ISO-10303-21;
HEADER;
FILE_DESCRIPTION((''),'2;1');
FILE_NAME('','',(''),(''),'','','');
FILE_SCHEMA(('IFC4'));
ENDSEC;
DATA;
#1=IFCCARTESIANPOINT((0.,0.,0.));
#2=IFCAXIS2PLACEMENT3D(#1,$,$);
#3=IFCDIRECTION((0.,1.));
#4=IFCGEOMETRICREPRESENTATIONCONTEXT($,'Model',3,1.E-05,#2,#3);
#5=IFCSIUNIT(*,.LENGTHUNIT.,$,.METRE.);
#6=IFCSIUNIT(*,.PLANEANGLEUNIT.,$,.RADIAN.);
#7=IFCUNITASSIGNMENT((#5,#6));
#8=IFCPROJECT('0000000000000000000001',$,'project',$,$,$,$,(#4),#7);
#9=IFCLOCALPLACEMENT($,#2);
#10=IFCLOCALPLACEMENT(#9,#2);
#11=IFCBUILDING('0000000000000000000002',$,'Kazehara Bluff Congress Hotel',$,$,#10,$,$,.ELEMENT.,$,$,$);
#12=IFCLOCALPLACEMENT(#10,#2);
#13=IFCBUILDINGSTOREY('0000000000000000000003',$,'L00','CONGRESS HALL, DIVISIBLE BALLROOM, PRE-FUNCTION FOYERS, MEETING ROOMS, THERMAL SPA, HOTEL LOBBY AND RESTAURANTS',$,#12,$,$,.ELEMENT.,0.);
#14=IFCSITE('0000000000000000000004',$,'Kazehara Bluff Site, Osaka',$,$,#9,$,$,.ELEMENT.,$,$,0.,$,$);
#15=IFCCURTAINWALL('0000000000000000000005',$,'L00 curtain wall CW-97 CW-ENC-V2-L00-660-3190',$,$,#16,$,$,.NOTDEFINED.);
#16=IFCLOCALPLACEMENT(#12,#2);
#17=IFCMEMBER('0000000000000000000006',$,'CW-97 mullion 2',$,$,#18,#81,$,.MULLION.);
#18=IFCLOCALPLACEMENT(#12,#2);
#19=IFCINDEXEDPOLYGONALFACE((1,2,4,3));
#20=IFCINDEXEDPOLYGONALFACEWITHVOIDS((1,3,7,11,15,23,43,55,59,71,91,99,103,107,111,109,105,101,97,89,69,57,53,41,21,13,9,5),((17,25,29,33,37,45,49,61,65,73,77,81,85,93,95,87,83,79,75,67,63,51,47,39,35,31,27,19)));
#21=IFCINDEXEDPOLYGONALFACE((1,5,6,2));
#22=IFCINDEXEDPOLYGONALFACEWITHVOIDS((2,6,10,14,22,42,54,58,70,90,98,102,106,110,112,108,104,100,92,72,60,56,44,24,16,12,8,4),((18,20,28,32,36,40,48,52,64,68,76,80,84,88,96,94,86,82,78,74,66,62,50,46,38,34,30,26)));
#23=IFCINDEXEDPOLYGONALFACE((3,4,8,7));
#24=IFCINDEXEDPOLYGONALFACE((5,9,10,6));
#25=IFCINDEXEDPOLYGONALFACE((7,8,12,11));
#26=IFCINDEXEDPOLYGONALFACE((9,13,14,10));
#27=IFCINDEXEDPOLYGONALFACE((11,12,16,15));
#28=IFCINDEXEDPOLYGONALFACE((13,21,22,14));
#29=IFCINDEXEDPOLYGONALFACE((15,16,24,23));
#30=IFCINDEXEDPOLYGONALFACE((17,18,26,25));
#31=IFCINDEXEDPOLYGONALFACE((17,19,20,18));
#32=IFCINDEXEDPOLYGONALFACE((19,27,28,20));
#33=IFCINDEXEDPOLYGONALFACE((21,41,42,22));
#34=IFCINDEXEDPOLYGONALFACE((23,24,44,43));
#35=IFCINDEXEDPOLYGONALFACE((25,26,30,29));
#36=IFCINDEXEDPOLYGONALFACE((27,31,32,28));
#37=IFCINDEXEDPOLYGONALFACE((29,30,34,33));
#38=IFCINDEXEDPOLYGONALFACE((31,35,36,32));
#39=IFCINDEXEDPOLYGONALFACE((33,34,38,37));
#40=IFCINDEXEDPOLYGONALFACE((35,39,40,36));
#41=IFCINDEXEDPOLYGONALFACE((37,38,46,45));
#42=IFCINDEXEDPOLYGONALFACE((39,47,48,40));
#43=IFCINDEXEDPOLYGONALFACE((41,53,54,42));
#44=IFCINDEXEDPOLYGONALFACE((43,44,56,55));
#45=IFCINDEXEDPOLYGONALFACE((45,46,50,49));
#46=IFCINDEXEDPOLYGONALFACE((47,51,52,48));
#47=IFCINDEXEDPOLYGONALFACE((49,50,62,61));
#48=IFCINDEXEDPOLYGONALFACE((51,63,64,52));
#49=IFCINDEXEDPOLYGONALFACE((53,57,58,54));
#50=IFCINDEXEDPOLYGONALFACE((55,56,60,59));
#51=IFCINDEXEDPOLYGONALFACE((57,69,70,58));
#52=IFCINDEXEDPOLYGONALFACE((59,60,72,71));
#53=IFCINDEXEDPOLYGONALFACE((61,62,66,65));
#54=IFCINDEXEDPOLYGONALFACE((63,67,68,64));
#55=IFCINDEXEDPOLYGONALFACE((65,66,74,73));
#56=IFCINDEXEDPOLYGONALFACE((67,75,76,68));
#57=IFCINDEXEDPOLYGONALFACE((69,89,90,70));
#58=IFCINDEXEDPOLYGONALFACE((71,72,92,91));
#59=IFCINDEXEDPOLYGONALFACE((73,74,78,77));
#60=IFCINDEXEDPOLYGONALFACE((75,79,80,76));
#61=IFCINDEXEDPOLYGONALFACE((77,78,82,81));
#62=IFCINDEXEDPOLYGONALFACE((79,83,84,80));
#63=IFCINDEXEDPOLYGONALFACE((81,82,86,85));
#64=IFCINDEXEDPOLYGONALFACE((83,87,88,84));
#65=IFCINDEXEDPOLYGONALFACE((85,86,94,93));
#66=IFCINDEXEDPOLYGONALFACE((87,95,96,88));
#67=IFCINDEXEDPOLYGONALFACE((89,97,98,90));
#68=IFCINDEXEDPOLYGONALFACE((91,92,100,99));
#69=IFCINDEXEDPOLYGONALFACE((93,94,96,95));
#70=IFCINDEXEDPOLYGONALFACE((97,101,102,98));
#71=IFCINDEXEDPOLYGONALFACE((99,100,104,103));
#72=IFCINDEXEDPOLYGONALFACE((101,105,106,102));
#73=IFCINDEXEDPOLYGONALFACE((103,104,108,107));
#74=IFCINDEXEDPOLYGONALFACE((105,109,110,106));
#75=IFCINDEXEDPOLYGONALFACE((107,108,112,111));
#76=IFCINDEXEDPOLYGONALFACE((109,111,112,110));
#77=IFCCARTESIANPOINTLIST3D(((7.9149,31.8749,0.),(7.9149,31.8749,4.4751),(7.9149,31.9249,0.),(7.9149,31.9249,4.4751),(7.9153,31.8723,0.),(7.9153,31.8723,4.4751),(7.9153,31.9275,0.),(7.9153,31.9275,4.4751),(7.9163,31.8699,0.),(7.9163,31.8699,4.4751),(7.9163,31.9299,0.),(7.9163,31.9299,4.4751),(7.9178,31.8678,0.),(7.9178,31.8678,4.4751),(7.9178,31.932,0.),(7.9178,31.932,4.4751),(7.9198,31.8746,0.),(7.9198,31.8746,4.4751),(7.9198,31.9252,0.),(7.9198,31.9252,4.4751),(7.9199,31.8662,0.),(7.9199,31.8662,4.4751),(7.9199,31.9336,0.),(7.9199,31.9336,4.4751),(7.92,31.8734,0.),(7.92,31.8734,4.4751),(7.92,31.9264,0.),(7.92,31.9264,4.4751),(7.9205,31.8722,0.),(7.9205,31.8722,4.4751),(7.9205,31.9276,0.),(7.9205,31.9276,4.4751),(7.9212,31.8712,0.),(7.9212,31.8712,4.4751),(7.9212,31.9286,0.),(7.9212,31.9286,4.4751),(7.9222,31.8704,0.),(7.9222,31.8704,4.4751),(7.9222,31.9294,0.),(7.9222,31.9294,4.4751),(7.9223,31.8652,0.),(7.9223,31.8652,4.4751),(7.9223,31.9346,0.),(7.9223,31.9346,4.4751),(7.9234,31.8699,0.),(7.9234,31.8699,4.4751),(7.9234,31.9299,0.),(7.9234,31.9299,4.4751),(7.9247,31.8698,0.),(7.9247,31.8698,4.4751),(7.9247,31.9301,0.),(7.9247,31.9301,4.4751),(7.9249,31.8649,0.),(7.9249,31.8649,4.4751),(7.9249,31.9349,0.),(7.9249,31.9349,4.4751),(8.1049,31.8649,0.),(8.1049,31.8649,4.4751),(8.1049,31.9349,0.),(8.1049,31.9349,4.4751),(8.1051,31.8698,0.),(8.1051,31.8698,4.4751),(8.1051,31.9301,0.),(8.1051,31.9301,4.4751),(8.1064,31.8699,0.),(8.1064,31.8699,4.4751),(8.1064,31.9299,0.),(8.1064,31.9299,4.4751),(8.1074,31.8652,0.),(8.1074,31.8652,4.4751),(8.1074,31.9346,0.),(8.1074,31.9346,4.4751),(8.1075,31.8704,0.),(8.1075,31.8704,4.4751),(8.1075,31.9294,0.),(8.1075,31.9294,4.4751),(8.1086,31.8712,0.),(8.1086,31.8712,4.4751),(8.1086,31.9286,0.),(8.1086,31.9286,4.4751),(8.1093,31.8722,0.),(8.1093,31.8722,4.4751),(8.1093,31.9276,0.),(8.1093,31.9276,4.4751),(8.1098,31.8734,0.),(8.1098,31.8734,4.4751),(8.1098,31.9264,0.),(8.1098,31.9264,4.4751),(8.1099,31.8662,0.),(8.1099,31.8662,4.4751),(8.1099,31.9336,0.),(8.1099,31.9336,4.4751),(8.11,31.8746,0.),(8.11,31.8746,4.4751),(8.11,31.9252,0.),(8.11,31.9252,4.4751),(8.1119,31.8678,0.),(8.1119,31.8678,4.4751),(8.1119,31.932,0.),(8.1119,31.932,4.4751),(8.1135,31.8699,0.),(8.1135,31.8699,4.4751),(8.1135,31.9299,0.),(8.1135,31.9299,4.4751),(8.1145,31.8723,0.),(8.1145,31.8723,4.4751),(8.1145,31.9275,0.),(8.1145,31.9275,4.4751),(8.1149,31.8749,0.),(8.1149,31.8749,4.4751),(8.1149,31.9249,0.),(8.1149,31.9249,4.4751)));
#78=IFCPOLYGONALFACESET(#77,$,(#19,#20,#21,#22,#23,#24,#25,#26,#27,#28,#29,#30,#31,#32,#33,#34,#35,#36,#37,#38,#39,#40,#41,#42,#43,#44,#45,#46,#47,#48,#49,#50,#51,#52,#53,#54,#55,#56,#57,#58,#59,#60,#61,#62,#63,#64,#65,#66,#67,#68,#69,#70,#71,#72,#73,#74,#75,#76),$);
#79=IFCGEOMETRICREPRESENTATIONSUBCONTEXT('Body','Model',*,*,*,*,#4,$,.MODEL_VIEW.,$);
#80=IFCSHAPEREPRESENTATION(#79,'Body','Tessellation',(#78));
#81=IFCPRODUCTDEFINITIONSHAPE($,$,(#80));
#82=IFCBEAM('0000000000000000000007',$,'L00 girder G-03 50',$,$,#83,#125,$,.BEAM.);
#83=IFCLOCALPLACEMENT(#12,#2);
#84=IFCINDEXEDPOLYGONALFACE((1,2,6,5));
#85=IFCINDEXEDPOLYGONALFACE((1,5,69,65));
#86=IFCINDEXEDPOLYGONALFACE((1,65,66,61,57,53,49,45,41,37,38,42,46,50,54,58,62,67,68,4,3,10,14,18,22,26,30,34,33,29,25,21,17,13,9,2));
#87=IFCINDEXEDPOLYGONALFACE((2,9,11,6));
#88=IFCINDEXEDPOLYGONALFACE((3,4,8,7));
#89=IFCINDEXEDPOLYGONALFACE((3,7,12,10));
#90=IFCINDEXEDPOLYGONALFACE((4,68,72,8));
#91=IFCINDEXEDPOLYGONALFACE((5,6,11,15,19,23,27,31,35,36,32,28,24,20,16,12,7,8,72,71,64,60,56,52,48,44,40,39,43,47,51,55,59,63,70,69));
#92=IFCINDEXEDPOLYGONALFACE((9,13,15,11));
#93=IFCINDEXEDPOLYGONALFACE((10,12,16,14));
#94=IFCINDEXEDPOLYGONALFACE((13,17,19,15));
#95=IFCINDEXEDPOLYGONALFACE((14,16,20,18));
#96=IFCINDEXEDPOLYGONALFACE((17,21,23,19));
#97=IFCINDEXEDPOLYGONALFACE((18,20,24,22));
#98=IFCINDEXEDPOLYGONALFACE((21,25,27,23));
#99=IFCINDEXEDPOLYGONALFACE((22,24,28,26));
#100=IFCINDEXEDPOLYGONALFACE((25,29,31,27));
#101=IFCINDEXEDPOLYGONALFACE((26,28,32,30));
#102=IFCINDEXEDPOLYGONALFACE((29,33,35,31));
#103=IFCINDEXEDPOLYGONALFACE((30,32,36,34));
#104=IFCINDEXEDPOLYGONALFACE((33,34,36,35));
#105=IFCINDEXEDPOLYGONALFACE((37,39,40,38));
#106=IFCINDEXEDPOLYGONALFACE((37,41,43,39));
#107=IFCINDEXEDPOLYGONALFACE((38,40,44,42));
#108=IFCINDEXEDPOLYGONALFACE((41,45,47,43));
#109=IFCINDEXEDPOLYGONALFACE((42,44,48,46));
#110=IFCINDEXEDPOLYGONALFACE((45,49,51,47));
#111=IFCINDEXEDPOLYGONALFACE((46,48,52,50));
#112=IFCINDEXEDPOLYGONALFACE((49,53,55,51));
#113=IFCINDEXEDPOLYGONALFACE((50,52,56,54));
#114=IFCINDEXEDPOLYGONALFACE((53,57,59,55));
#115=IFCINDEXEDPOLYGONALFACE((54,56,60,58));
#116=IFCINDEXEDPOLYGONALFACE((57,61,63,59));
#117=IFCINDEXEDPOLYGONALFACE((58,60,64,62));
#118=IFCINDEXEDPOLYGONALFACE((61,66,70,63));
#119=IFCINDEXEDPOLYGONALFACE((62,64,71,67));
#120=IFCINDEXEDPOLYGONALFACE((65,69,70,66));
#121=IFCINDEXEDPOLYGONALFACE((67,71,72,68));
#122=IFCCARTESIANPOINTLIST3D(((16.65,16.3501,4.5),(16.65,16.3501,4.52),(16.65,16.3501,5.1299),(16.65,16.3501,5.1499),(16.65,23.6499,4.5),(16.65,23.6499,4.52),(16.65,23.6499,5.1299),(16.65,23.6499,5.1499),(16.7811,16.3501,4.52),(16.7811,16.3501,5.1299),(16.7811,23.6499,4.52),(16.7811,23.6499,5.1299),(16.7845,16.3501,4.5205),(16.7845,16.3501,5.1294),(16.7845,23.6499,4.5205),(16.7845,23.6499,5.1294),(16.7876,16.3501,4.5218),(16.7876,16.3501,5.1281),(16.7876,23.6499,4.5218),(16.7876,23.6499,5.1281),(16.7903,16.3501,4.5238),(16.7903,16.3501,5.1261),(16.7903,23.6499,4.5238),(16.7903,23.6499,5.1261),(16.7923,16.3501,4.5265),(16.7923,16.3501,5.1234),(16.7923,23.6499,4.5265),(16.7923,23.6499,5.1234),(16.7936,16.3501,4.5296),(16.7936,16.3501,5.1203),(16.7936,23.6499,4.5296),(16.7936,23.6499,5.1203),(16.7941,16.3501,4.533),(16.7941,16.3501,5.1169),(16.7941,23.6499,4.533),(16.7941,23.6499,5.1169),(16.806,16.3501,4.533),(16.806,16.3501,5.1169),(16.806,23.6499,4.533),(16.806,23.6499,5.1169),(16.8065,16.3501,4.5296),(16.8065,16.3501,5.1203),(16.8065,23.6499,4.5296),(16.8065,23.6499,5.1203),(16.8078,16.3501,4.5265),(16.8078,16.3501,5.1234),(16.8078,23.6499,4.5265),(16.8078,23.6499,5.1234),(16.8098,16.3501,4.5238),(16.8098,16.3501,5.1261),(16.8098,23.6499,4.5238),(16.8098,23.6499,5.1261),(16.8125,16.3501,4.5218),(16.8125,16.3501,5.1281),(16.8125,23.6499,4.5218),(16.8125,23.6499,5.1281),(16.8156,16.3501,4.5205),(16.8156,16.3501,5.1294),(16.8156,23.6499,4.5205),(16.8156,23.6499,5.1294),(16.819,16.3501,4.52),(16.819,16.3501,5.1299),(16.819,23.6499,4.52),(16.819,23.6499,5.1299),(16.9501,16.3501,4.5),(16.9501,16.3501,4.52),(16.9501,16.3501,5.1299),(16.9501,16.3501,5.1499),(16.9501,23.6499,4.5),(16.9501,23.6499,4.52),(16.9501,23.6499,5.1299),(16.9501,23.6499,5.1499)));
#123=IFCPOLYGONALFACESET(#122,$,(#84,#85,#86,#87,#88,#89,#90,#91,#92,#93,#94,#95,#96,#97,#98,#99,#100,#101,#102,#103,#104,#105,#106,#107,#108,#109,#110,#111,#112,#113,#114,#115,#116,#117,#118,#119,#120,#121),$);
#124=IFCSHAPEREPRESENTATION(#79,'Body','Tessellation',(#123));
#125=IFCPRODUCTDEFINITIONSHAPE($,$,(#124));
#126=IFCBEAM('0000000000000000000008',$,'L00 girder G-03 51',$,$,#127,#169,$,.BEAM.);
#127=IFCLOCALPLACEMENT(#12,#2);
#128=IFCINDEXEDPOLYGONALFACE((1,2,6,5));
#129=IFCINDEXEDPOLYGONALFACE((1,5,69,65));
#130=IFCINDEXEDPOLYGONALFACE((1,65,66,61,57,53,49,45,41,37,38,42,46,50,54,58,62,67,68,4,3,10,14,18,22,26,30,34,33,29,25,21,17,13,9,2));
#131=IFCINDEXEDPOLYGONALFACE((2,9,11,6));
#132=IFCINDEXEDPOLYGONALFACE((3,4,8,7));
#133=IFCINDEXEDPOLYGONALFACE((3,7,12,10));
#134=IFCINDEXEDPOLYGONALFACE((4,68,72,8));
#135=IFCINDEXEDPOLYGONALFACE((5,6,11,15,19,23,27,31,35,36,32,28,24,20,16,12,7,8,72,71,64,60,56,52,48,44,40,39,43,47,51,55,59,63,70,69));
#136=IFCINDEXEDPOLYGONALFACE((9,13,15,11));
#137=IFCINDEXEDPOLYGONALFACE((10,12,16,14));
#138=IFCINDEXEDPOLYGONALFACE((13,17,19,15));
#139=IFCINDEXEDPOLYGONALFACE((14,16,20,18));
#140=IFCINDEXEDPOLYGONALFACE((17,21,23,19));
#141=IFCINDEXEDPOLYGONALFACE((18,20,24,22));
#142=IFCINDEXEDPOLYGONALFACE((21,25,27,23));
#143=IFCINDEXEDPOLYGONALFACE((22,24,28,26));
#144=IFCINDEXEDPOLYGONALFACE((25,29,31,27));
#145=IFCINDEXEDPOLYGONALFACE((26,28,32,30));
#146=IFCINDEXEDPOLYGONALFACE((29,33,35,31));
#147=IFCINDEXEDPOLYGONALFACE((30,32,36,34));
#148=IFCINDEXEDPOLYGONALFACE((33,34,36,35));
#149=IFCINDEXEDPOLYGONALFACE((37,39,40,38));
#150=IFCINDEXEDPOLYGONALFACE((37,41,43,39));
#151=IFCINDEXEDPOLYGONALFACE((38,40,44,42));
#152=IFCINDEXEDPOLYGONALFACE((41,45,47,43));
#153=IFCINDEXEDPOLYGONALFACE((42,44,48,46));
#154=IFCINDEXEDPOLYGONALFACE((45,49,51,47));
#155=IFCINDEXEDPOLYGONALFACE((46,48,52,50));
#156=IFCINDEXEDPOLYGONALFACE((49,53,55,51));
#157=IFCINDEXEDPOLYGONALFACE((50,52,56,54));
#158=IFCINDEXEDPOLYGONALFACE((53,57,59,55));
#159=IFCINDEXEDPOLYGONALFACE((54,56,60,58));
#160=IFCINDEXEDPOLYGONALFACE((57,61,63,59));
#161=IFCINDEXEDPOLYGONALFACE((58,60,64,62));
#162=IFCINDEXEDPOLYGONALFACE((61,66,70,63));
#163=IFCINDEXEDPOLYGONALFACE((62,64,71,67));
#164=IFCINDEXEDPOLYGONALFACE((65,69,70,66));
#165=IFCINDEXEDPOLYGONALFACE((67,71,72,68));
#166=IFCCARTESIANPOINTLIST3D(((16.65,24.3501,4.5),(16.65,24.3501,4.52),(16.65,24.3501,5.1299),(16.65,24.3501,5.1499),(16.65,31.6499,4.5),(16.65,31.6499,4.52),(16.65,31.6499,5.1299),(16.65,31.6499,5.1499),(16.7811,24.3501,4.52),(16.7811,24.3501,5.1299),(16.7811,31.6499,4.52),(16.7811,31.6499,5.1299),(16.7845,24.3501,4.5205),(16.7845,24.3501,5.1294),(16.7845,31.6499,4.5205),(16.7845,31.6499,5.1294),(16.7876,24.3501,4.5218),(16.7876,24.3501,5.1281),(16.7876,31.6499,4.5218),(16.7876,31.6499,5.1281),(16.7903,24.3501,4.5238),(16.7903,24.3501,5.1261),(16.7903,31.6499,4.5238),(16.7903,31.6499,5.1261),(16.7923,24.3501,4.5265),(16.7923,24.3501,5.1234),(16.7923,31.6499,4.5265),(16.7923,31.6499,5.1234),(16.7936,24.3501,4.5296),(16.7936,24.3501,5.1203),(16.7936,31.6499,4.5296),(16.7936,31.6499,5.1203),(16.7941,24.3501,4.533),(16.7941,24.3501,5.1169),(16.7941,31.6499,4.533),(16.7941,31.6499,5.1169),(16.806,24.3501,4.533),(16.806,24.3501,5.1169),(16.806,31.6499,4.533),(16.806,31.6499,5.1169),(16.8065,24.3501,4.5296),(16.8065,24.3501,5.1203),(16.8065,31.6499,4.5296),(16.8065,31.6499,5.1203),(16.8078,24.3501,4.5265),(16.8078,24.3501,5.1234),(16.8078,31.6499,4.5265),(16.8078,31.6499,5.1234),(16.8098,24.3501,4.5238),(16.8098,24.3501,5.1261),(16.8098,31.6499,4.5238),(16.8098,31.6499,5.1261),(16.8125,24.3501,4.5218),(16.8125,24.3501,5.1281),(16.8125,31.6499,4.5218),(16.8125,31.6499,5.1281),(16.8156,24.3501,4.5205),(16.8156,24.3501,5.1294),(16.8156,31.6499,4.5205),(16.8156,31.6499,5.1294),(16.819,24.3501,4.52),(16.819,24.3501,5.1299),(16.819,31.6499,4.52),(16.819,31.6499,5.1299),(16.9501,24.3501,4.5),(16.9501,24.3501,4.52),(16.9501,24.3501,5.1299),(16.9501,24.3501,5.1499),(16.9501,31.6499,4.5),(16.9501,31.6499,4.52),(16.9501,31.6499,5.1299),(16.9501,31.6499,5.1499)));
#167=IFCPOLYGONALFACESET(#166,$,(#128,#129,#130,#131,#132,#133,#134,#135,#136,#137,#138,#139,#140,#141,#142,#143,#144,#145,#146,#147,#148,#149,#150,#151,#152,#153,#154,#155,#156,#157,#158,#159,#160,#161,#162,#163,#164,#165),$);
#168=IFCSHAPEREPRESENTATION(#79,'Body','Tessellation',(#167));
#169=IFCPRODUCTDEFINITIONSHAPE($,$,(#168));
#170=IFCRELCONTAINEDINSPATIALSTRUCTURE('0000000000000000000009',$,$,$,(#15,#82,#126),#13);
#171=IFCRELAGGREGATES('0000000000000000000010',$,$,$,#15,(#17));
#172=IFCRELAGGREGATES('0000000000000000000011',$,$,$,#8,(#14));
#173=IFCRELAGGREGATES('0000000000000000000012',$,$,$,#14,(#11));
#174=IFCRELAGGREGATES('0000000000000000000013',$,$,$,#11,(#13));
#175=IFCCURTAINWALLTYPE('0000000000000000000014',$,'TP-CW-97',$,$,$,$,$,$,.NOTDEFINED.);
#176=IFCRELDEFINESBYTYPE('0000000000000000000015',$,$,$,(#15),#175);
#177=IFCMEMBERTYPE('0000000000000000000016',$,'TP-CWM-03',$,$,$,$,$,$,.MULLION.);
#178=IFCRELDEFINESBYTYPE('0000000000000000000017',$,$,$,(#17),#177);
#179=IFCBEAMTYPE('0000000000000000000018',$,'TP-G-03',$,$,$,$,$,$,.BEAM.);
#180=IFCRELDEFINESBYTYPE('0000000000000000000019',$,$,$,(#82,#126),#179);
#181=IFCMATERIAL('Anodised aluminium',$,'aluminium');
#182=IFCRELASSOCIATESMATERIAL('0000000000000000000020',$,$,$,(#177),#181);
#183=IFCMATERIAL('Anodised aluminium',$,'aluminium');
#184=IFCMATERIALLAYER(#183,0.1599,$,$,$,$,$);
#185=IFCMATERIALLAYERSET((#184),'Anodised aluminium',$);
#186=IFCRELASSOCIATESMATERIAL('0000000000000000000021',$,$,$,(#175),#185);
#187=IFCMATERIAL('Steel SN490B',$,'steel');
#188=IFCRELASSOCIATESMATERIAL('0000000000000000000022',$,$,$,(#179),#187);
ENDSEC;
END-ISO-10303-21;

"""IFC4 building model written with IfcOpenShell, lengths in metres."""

from ifc_helpers import new_model, si_unit, direction, frame, origin, origin_2d, place, context, subcontext, project, spatial, hollow_rectangle, i_section, extrude, material, layer, layer_set, material_profile, profile_set, type_object, element, aggregate, save


model = new_model("IFC4")

# Units and contexts
model_context = context("Model", 3, precision=1e-05, world=origin(), true_north=direction((0.0, 1.0)))
body_context = subcontext(model_context, "Body", "Model", "MODEL_VIEW")
ifc_project = project(units=[si_unit("LENGTHUNIT", "METRE"), si_unit("PLANEANGLEUNIT", "RADIAN")], contexts=[model_context])

# Site, building, storey
site_placement = place(None, origin())
site = spatial("IfcSite", under=ifc_project, at=site_placement, Name="Kazehara Bluff Site, Osaka", CompositionType="ELEMENT", RefElevation=0.0)
building_placement = place(site_placement, origin())
building = spatial("IfcBuilding", under=site, at=building_placement, Name="Kazehara Bluff Congress Hotel", CompositionType="ELEMENT")
storey_placement = place(building_placement, origin())
storey = spatial("IfcBuildingStorey", under=building, at=storey_placement, Name="L00", Description="CONGRESS HALL, DIVISIBLE BALLROOM, PRE-FUNCTION FOYERS, MEETING ROOMS, THERMAL SPA, HOTEL LOBBY AND RESTAURANTS", CompositionType="ELEMENT", Elevation=0.0)

# Curtain wall, member
ifc_material_1 = material(Name="Anodised aluminium", Category="aluminium")
ifc_material_profile_1 = material_profile(ifc_material_1, hollow_rectangle(XDim=0.0701, YDim=0.2, WallThickness=0.0049, InnerFilletRadius=0.0049, OuterFilletRadius=0.01, at=origin_2d()))
ifc_profile_set_1 = profile_set([ifc_material_profile_1], Name="Anodised aluminium")
member_type = type_object("IfcMemberType", Name="TP-CWM-03", PredefinedType="MULLION", material=ifc_profile_set_1)
ifc_material_2 = material(Name="Anodised aluminium", Category="aluminium")
ifc_layer_1 = layer(ifc_material_2, 0.1599)
ifc_layer_set_1 = layer_set([ifc_layer_1], Name="Anodised aluminium")
curtain_wall_type_1 = type_object("IfcCurtainWallType", Name="TP-CW-97", PredefinedType="NOTDEFINED", material=ifc_layer_set_1)
curtain_wall_1_placement = place(storey_placement, origin())
curtain_wall_1 = element("IfcCurtainWall", 1, at=curtain_wall_1_placement, inside=storey, type_object=curtain_wall_type_1, Name="L00 curtain wall CW-97 CW-ENC-V2-L00-660-3190", PredefinedType="NOTDEFINED")
member_1_placement = place(storey_placement, frame((8.0149, 31.8999, 0.0), z_axis=(0.0, 0.0, 1.0), x_axis=(0.0, 1.0, 0.0)))
member_1 = element("IfcMember", 2, at=member_1_placement, type_object=member_type, Name="CW-97 mullion 2", PredefinedType="MULLION", context=body_context, shape_type="SweptSolid", body=[
    extrude(hollow_rectangle(XDim=0.0701, YDim=0.2, WallThickness=0.0049, InnerFilletRadius=0.0049, OuterFilletRadius=0.01, at=origin_2d()), origin(), (0.0, 0.0, 1.0), 4.4751),
])

# Beams
ifc_material_3 = material(Name="Steel SN490B", Category="steel")
ifc_material_profile_2 = material_profile(ifc_material_3, i_section(OverallWidth=0.3, OverallDepth=0.6499, WebThickness=0.012, FlangeThickness=0.02, FilletRadius=0.0129, at=origin_2d()))
ifc_profile_set_2 = profile_set([ifc_material_profile_2], Name="Steel SN490B")
beam_type_1 = type_object("IfcBeamType", Name="TP-G-03", PredefinedType="BEAM", material=ifc_profile_set_2)
for number, where, z_axis, x_axis, name in (
    (3, (16.8, 16.3501, 4.825), (0.0, 1.0, 0.0), (-1.0, 0.0, 0.0), "L00 girder G-03 50"),
    (4, (16.8, 24.3501, 4.825), (0.0, 1.0, 0.0), (-1.0, 0.0, 0.0), "L00 girder G-03 51"),
):
    element("IfcBeam", number, at=place(storey_placement, frame(where, z_axis=z_axis, x_axis=x_axis)), inside=storey, type_object=beam_type_1, Name=name, PredefinedType="BEAM", context=body_context, shape_type="SweptSolid", body=[
        extrude(i_section(OverallWidth=0.3, OverallDepth=0.6499, WebThickness=0.012, FlangeThickness=0.02, FilletRadius=0.0129, at=origin_2d()), origin(), (0.0, 0.0, 1.0), 7.2998),
    ])

aggregate(curtain_wall_1, [member_1])

save(model, "model.ifc")
